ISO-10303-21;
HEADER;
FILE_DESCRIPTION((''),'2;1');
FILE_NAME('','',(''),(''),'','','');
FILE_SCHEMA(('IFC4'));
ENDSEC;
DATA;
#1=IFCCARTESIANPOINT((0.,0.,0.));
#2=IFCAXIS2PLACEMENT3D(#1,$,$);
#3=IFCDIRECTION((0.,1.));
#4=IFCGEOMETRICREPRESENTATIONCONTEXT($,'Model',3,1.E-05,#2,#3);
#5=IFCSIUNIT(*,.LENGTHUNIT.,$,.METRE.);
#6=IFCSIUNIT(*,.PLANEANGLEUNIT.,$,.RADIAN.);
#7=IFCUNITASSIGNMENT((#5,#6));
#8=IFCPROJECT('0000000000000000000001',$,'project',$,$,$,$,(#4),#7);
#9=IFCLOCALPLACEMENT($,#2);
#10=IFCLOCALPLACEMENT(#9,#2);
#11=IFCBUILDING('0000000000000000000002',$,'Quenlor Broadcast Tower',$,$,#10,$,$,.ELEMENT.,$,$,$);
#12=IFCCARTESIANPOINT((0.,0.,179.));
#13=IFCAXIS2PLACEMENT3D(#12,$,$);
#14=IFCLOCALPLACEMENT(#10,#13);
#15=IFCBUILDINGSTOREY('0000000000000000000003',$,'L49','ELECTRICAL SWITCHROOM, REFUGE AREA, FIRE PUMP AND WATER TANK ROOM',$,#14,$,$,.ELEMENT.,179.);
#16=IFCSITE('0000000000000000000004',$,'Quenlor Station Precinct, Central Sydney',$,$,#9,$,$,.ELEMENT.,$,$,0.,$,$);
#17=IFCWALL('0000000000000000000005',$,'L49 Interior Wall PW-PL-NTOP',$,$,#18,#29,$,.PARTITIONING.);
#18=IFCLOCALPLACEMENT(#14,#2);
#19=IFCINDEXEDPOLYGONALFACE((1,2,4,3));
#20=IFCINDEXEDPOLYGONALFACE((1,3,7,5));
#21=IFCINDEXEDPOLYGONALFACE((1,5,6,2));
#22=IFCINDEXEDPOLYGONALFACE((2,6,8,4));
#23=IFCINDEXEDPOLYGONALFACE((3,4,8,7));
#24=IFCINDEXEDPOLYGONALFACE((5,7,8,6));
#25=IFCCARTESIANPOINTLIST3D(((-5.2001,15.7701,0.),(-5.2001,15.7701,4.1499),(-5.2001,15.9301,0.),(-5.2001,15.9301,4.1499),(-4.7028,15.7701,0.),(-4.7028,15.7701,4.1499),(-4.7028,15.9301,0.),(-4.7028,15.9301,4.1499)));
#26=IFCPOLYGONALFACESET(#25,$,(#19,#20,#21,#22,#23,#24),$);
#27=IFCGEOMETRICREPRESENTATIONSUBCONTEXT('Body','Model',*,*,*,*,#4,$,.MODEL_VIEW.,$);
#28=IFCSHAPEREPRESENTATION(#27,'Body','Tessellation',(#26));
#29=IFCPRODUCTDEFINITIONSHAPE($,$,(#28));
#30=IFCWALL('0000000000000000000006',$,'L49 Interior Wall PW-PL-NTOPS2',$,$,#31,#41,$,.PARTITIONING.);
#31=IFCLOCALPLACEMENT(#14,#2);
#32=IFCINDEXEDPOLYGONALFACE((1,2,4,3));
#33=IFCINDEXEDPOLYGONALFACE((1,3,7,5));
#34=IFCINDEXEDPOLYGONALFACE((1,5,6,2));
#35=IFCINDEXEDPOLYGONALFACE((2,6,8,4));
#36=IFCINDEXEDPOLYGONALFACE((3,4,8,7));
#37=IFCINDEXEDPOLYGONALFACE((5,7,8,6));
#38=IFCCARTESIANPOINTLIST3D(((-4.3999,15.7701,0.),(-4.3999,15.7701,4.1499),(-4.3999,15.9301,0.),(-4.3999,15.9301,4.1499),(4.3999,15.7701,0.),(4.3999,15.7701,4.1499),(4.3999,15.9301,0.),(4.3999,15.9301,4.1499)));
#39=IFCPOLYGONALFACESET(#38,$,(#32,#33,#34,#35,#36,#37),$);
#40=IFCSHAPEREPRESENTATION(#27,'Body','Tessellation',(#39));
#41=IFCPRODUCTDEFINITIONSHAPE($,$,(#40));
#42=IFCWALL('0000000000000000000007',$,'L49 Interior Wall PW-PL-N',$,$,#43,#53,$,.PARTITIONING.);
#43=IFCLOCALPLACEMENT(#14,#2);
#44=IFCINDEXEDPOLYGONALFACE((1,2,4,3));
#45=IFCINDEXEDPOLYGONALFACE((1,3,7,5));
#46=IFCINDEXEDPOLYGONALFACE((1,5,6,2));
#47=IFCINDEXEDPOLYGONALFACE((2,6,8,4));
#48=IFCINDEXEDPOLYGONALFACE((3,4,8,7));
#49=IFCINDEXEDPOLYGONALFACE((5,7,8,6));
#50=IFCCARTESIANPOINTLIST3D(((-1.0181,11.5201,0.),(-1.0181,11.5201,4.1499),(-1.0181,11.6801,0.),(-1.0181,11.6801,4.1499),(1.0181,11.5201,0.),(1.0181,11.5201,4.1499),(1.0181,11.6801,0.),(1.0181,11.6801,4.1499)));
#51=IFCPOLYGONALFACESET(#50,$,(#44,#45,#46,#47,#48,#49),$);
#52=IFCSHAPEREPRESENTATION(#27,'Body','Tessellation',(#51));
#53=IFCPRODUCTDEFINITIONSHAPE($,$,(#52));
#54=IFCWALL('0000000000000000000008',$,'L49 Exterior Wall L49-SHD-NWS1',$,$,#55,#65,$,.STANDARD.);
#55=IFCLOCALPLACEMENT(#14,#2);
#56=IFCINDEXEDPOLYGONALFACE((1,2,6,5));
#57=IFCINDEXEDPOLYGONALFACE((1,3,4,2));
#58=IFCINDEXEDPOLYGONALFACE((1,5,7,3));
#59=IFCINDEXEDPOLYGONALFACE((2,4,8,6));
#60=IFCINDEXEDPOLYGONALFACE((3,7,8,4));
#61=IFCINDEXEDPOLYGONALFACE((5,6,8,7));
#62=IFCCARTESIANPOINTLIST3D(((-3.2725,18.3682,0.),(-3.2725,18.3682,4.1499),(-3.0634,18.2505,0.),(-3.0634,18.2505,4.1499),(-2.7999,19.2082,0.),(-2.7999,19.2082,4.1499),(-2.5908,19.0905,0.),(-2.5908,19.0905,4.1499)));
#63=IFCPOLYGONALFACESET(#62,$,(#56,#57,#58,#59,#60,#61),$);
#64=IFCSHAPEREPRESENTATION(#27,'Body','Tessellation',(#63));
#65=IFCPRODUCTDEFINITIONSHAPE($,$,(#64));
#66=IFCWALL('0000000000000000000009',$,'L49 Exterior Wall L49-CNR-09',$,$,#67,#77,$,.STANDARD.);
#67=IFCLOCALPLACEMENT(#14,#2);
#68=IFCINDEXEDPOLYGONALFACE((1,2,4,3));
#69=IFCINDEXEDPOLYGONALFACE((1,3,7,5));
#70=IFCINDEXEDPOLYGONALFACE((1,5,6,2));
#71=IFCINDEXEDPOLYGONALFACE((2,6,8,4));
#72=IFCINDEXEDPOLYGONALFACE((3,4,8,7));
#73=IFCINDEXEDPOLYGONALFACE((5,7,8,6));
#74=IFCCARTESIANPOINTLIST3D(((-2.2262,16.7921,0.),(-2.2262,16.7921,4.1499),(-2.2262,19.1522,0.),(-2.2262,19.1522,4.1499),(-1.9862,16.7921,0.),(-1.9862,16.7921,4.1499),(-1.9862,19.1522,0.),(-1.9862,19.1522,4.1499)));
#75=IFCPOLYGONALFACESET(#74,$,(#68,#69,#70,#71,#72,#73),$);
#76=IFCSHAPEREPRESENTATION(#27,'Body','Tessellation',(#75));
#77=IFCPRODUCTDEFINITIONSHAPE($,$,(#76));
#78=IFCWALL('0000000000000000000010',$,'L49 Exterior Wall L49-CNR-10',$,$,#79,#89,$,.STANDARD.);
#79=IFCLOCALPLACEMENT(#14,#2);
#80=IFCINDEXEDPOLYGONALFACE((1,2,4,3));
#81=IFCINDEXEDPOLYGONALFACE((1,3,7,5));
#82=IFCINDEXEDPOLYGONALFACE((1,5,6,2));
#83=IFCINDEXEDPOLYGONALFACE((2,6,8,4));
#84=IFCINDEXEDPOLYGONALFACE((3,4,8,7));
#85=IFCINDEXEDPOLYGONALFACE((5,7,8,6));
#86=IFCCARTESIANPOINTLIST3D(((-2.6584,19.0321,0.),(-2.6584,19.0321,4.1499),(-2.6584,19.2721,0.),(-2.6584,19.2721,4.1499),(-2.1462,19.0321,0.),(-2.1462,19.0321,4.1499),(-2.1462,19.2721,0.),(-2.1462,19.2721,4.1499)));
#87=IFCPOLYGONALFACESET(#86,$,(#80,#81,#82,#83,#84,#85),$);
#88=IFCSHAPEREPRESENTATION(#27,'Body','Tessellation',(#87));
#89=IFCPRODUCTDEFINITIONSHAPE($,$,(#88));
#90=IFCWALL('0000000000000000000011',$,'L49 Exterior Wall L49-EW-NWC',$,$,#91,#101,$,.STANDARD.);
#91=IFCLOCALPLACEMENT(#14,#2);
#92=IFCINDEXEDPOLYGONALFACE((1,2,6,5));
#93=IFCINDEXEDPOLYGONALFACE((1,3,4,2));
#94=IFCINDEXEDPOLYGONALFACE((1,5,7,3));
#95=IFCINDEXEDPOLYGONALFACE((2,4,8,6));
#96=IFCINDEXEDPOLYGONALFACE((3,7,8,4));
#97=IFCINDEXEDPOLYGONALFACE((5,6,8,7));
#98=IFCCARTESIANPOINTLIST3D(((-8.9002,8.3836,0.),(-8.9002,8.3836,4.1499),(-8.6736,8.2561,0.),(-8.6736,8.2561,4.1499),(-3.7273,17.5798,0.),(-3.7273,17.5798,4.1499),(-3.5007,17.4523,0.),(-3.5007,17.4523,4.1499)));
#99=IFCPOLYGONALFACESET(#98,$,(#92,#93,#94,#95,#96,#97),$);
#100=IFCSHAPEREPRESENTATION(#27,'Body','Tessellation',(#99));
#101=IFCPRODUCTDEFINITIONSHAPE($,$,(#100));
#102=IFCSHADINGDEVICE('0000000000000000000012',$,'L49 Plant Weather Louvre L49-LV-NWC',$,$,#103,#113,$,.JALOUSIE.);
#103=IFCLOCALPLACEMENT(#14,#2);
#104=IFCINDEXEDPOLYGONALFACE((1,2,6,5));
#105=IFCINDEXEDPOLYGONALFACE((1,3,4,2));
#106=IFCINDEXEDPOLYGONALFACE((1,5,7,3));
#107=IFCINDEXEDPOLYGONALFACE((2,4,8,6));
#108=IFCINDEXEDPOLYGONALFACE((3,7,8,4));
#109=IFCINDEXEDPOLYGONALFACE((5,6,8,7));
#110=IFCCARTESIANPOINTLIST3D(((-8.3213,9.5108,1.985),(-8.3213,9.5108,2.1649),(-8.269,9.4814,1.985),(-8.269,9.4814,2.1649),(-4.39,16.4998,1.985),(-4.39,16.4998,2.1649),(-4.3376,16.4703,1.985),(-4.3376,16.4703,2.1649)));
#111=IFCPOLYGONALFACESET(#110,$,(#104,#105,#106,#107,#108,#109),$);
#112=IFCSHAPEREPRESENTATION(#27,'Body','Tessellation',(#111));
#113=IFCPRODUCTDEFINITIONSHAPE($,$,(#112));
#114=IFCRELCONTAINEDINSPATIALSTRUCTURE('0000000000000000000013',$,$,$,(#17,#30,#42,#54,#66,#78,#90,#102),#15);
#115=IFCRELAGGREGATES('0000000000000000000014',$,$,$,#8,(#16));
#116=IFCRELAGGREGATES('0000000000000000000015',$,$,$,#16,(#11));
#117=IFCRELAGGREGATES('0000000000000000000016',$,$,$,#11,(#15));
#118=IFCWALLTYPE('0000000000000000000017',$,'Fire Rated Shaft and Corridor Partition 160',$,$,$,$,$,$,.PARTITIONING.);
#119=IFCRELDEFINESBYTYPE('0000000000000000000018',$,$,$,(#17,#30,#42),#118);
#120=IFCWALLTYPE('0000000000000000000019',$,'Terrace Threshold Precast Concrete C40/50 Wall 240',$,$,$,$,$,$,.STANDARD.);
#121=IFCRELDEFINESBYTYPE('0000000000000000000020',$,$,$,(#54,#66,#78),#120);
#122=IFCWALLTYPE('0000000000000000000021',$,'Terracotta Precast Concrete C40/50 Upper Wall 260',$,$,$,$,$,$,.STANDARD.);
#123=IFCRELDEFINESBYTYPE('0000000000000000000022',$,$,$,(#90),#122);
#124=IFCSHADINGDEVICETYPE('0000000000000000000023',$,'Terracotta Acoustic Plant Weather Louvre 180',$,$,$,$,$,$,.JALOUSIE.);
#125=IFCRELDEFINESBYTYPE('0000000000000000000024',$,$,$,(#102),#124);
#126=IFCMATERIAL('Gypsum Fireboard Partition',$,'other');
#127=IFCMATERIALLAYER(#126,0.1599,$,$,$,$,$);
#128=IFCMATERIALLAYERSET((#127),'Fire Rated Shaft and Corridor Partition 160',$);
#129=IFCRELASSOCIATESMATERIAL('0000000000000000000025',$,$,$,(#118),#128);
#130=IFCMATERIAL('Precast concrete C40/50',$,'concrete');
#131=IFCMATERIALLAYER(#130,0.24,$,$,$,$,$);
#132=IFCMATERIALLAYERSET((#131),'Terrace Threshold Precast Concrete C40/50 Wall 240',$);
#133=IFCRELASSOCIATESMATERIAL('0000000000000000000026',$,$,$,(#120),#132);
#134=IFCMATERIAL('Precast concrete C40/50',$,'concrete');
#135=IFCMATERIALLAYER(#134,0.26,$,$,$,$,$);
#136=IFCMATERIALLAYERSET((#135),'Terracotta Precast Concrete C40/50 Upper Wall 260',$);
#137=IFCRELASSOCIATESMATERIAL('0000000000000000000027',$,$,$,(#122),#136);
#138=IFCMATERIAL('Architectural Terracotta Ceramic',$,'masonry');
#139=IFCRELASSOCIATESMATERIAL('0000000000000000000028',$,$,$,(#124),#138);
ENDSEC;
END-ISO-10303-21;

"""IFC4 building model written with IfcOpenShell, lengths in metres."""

from ifc_helpers import new_model, si_unit, direction, frame, frame_2d, origin, origin_2d, place, context, subcontext, project, spatial, rectangle, extrude, material, layer, layer_set, material_profile, profile_set, type_object, element, save


model = new_model("IFC4")

# Units and contexts
model_context = context("Model", 3, precision=1e-05, world=origin(), true_north=direction((0.0, 1.0)))
body_context = subcontext(model_context, "Body", "Model", "MODEL_VIEW")
ifc_project = project(units=[si_unit("LENGTHUNIT", "METRE"), si_unit("PLANEANGLEUNIT", "RADIAN")], contexts=[model_context])

# Site, building, storey
site_placement = place(None, origin())
site = spatial("IfcSite", under=ifc_project, at=site_placement, Name="Quenlor Station Precinct, Central Sydney", CompositionType="ELEMENT", RefElevation=0.0)
building_placement = place(site_placement, origin())
building = spatial("IfcBuilding", under=site, at=building_placement, Name="Quenlor Broadcast Tower", CompositionType="ELEMENT")
storey_placement = place(building_placement, frame((0.0, 0.0, 179.0)))
storey = spatial("IfcBuildingStorey", under=building, at=storey_placement, Name="L49", Description="ELECTRICAL SWITCHROOM, REFUGE AREA, FIRE PUMP AND WATER TANK ROOM", CompositionType="ELEMENT", Elevation=179.0)

# Walls
ifc_material_1 = material(Name="Gypsum Fireboard Partition", Category="other")
ifc_layer_1 = layer(ifc_material_1, 0.1599)
ifc_layer_set_1 = layer_set([ifc_layer_1], Name="Fire Rated Shaft and Corridor Partition 160")
wall_type_1 = type_object("IfcWallType", Name="Fire Rated Shaft and Corridor Partition 160", PredefinedType="PARTITIONING", material=ifc_layer_set_1)
wall_1_placement = place(storey_placement, frame((-5.2, 15.8501, 0.0), z_axis=(0.0, 0.0, 1.0), x_axis=(1.0, 0.0, 0.0)))
element("IfcWall", 1, at=wall_1_placement, inside=storey, type_object=wall_type_1, Name="L49 Interior Wall PW-PL-NTOP", PredefinedType="PARTITIONING", context=body_context, shape_type="SweptSolid", body=[
    extrude(rectangle(XDim=0.4973, YDim=0.1599, at=frame_2d((0.2485, 0.0))), origin(), (0.0, 0.0, 1.0), 4.1499),
])
wall_2_placement = place(storey_placement, frame((-4.3999, 15.8501, 0.0), z_axis=(0.0, 0.0, 1.0), x_axis=(1.0, 0.0, 0.0)))
element("IfcWall", 2, at=wall_2_placement, inside=storey, type_object=wall_type_1, Name="L49 Interior Wall PW-PL-NTOPS2", PredefinedType="PARTITIONING", context=body_context, shape_type="SweptSolid", body=[
    extrude(rectangle(XDim=8.7998, YDim=0.1599, at=frame_2d((4.3999, 0.0))), origin(), (0.0, 0.0, 1.0), 4.1499),
])
wall_3_placement = place(storey_placement, frame((-1.0181, 11.6001, 0.0), z_axis=(0.0, 0.0, 1.0), x_axis=(1.0, 0.0, 0.0)))
element("IfcWall", 3, at=wall_3_placement, inside=storey, type_object=wall_type_1, Name="L49 Interior Wall PW-PL-N", PredefinedType="PARTITIONING", context=body_context, shape_type="SweptSolid", body=[
    extrude(rectangle(XDim=2.0361, YDim=0.1599, at=frame_2d((1.0181, 0.0))), origin(), (0.0, 0.0, 1.0), 4.1499),
])
ifc_material_2 = material(Name="Precast concrete C40/50", Category="concrete")
ifc_layer_2 = layer(ifc_material_2, 0.24)
ifc_layer_set_2 = layer_set([ifc_layer_2], Name="Terrace Threshold Precast Concrete C40/50 Wall 240")
wall_type_2 = type_object("IfcWallType", Name="Terrace Threshold Precast Concrete C40/50 Wall 240", PredefinedType="STANDARD", material=ifc_layer_set_2)
wall_4_placement = place(storey_placement, frame((-3.168, 18.3093, 0.0), z_axis=(0.0, 0.0, 1.0), x_axis=(0.490345, 0.871528, 0.0)))
element("IfcWall", 4, at=wall_4_placement, inside=storey, type_object=wall_type_2, Name="L49 Exterior Wall L49-SHD-NWS1", PredefinedType="STANDARD", context=body_context, shape_type="SweptSolid", body=[
    extrude(rectangle(XDim=0.9639, YDim=0.24, at=frame_2d((0.4819, 0.0))), origin(), (0.0, 0.0, 1.0), 4.1499),
])
wall_5_placement = place(storey_placement, frame((-2.1062, 16.792, 0.0), z_axis=(0.0, 0.0, 1.0), x_axis=(0.0, 1.0, 0.0)))
element("IfcWall", 5, at=wall_5_placement, inside=storey, type_object=wall_type_2, Name="L49 Exterior Wall L49-CNR-09", PredefinedType="STANDARD", context=body_context, shape_type="SweptSolid", body=[
    extrude(rectangle(XDim=2.3601, YDim=0.24, at=frame_2d((1.1802, 0.0))), origin(), (0.0, 0.0, 1.0), 4.1499),
])
wall_6_placement = place(storey_placement, frame((-2.1462, 19.1521, 0.0), z_axis=(0.0, 0.0, 1.0), x_axis=(-1.0, 0.0, 0.0)))
element("IfcWall", 6, at=wall_6_placement, inside=storey, type_object=wall_type_2, Name="L49 Exterior Wall L49-CNR-10", PredefinedType="STANDARD", context=body_context, shape_type="SweptSolid", body=[
    extrude(rectangle(XDim=0.5122, YDim=0.24, at=frame_2d((0.2561, 0.0))), origin(), (0.0, 0.0, 1.0), 4.1499),
])
ifc_material_3 = material(Name="Precast concrete C40/50", Category="concrete")
ifc_layer_3 = layer(ifc_material_3, 0.26)
ifc_layer_set_3 = layer_set([ifc_layer_3], Name="Terracotta Precast Concrete C40/50 Upper Wall 260")
wall_type_3 = type_object("IfcWallType", Name="Terracotta Precast Concrete C40/50 Upper Wall 260", PredefinedType="STANDARD", material=ifc_layer_set_3)
wall_7_placement = place(storey_placement, frame((-8.7869, 8.3198, 0.0), z_axis=(0.0, 0.0, 1.0), x_axis=(0.490257, 0.871578, 0.0)))
element("IfcWall", 7, at=wall_7_placement, inside=storey, type_object=wall_type_3, Name="L49 Exterior Wall L49-EW-NWC", PredefinedType="STANDARD", context=body_context, shape_type="SweptSolid", body=[
    extrude(rectangle(XDim=10.5513, YDim=0.26, at=frame_2d((5.2756, 0.0))), origin(), (0.0, 0.0, 1.0), 4.1499),
])

# Shading device
ifc_material_4 = material(Name="Architectural Terracotta Ceramic", Category="masonry")
ifc_material_profile_1 = material_profile(ifc_material_4, rectangle(XDim=0.0601, YDim=0.1799, at=origin_2d()))
ifc_profile_set_1 = profile_set([ifc_material_profile_1], Name="Architectural Terracotta Ceramic LVR60x180")
shading_device_type = type_object("IfcShadingDeviceType", Name="Terracotta Acoustic Plant Weather Louvre 180", PredefinedType="JALOUSIE", material=ifc_profile_set_1)
shading_device_placement = place(storey_placement, frame((-8.2952, 9.4961, 2.075), z_axis=(0.490268, 0.871571, 0.0), x_axis=(-0.871571, 0.490268, 0.0)))
element("IfcShadingDevice", 8, at=shading_device_placement, inside=storey, type_object=shading_device_type, Name="L49 Plant Weather Louvre L49-LV-NWC", PredefinedType="JALOUSIE", context=body_context, shape_type="SweptSolid", body=[
    extrude(rectangle(XDim=0.0601, YDim=0.1799, at=origin_2d()), origin(), (0.0, 0.0, 1.0), 8.0188),
])

save(model, "model.ifc")
